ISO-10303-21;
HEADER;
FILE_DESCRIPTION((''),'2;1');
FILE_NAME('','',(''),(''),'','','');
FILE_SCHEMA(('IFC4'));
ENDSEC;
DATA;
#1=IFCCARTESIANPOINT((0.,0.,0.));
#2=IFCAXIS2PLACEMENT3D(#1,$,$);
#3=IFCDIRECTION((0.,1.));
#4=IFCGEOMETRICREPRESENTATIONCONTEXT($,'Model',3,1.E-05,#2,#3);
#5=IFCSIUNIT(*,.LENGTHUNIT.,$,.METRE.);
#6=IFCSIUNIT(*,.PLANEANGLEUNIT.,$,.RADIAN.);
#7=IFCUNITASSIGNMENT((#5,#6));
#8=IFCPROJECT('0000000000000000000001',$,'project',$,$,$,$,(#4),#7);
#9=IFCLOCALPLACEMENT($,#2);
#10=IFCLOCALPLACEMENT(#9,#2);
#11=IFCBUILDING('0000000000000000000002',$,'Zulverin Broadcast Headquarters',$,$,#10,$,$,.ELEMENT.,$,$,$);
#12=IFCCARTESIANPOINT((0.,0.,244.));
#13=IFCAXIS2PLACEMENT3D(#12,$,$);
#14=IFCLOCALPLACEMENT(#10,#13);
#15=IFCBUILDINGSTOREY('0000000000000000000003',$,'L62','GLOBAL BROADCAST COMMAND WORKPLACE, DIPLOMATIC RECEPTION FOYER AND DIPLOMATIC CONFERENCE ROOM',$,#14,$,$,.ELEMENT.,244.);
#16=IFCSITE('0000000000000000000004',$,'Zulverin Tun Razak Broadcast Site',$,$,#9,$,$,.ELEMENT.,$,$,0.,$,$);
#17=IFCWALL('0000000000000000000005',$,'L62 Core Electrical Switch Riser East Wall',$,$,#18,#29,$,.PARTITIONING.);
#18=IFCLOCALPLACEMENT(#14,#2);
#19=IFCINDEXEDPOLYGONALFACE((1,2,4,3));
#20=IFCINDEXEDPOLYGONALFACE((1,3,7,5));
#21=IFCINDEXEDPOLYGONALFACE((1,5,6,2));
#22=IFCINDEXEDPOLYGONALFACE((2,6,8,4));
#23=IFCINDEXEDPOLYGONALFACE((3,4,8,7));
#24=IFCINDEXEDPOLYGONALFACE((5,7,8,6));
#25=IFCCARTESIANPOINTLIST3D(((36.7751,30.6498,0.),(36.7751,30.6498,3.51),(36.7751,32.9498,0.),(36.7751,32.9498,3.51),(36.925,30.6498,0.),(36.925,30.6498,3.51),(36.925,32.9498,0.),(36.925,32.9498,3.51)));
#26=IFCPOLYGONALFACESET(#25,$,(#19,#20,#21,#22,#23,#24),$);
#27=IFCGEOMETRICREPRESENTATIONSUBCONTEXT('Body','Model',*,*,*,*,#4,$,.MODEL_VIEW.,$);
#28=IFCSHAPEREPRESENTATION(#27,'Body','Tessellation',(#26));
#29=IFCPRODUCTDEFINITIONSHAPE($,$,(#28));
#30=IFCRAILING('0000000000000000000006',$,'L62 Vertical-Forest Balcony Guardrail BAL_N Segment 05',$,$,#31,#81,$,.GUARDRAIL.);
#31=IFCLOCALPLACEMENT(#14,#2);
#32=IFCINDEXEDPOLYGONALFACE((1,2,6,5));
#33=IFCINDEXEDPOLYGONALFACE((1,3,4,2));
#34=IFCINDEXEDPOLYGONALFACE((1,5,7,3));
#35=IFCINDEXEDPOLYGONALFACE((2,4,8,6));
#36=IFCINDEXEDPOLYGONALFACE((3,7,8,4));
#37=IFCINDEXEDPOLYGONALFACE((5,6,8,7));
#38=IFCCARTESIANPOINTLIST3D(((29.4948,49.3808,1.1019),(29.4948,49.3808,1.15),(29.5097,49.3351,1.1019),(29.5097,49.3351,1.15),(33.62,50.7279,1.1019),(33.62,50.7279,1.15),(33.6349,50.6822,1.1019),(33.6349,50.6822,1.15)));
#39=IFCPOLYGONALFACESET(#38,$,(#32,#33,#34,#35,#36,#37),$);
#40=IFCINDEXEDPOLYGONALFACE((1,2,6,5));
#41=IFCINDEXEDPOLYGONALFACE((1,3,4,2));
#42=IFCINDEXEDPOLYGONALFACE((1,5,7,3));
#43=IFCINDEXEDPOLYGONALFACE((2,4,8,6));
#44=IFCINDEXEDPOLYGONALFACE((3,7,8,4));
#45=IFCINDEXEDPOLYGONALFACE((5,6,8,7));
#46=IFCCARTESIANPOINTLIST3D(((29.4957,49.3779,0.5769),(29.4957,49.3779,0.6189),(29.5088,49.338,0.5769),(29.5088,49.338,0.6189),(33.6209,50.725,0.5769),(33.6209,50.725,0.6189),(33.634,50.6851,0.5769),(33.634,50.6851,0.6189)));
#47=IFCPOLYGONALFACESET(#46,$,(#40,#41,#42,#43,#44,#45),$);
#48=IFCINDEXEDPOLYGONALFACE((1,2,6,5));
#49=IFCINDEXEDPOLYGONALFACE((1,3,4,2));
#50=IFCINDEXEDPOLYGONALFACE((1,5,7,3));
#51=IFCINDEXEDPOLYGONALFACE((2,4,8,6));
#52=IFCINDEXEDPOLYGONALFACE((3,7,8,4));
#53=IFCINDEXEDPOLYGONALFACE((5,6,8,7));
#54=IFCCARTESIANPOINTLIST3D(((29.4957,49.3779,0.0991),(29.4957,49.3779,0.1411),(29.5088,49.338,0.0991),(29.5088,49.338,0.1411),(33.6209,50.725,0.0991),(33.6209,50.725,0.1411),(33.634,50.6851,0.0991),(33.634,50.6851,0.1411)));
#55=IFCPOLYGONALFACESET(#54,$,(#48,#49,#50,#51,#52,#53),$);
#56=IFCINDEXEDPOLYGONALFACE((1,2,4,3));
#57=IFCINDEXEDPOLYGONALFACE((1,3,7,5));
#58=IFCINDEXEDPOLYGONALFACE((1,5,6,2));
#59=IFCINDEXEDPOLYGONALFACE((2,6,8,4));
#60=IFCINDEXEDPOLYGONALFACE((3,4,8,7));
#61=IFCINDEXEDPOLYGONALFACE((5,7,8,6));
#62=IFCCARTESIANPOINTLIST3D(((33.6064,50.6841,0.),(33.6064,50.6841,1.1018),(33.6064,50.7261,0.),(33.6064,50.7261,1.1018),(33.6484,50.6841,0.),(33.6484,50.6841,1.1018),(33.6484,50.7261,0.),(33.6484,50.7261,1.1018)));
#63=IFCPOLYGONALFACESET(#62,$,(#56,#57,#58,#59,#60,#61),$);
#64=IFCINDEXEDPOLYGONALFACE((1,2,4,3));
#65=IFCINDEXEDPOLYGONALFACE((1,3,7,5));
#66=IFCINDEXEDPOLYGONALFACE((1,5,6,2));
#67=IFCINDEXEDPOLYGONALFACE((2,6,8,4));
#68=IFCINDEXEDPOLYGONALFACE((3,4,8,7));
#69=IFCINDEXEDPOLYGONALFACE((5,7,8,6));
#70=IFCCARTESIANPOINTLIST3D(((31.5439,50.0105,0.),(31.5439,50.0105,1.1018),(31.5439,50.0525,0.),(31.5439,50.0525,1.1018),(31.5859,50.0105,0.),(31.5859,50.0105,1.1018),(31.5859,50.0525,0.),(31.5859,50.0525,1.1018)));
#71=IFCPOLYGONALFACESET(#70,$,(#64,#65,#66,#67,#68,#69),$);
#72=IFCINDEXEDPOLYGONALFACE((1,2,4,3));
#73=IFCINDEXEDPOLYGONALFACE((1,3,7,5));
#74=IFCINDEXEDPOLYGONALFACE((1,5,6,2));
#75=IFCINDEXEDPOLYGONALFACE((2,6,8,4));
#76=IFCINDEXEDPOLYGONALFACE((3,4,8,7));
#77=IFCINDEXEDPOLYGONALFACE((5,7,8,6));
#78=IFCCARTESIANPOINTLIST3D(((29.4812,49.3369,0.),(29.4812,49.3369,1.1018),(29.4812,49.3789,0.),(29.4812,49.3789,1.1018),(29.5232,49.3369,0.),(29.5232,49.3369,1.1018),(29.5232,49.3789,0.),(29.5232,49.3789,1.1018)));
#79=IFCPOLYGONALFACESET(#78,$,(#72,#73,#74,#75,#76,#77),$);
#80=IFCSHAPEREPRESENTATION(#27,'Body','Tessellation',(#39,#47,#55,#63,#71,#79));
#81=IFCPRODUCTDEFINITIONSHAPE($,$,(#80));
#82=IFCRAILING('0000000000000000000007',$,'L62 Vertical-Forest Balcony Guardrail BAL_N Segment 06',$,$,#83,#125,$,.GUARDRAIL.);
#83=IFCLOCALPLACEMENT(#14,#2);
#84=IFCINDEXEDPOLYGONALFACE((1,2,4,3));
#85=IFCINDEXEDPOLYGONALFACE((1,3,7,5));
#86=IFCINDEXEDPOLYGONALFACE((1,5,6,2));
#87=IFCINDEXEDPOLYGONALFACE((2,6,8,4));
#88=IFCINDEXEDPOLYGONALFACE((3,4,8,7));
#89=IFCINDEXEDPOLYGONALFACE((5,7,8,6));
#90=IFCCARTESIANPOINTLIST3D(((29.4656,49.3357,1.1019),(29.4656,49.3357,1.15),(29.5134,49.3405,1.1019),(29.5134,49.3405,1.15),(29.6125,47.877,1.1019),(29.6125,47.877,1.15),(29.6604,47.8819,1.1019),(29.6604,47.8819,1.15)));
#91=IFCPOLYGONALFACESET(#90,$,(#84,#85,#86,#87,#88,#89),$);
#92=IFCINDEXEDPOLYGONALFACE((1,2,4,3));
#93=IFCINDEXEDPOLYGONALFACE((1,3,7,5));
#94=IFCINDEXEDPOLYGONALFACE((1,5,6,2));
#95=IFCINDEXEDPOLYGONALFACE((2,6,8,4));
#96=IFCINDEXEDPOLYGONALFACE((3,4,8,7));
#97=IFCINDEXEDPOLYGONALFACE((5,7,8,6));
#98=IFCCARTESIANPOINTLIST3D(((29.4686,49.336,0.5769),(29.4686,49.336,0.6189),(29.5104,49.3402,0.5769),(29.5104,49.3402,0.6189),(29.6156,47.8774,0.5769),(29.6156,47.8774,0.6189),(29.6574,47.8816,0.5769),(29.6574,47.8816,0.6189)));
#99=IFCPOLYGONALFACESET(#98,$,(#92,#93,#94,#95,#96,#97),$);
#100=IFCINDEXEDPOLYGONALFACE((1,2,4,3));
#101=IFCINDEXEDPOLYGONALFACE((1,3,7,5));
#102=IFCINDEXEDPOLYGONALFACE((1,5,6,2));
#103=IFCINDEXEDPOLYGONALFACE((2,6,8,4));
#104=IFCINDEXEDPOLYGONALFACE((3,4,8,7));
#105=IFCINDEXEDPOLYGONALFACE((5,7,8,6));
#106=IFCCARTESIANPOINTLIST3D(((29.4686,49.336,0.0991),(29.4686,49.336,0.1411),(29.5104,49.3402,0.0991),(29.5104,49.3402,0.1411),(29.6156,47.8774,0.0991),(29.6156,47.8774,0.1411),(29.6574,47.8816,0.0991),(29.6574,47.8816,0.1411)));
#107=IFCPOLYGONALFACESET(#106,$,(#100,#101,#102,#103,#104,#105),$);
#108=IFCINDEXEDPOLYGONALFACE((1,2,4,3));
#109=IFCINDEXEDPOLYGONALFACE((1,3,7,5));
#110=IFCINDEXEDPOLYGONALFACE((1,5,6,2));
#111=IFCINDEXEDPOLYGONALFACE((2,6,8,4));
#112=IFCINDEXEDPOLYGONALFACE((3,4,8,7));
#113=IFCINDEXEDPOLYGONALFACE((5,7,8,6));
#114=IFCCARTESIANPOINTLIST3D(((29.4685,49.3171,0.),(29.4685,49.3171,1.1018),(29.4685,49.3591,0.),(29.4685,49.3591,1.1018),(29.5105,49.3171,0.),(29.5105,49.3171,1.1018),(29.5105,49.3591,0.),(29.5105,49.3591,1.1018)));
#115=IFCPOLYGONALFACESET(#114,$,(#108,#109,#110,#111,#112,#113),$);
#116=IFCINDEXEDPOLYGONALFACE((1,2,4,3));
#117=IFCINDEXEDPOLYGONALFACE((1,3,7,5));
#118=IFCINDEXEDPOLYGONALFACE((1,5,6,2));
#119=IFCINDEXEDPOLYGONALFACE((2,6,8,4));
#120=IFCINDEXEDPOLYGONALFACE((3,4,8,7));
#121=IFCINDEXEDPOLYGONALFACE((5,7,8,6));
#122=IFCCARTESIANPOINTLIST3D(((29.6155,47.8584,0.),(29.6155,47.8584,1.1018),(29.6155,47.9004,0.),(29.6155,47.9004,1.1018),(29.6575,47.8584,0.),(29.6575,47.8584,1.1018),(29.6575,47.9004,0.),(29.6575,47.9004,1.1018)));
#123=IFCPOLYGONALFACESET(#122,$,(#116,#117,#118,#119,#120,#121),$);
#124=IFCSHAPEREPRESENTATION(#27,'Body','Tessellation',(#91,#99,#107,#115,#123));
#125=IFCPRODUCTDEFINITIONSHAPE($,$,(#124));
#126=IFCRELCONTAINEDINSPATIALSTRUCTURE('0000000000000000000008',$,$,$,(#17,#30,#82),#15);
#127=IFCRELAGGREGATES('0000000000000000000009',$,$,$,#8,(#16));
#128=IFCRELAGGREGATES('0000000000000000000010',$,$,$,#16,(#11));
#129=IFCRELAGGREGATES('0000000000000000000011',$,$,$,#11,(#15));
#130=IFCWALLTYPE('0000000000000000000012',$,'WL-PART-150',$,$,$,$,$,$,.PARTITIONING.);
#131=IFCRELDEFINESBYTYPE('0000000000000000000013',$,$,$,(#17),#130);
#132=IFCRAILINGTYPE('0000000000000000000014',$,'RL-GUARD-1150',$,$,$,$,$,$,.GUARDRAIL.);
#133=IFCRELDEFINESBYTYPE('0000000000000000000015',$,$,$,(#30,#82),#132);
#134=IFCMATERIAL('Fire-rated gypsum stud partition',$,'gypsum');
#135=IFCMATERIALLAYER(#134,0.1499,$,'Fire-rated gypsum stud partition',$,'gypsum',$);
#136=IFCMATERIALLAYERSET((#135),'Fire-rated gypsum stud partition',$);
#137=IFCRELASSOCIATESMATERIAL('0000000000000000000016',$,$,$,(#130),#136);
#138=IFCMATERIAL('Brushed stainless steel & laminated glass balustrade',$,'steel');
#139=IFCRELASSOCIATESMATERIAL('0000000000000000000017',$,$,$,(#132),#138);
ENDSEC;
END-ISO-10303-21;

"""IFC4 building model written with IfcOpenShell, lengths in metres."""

from ifc_helpers import new_model, si_unit, direction, frame, frame_2d, origin, origin_2d, place, context, subcontext, project, spatial, rectangle, extrude, material, layer, layer_set, type_object, element, save


model = new_model("IFC4")

# Units and contexts
model_context = context("Model", 3, precision=1e-05, world=origin(), true_north=direction((0.0, 1.0)))
body_context = subcontext(model_context, "Body", "Model", "MODEL_VIEW")
ifc_project = project(units=[si_unit("LENGTHUNIT", "METRE"), si_unit("PLANEANGLEUNIT", "RADIAN")], contexts=[model_context])

# Site, building, storey
site_placement = place(None, origin())
site = spatial("IfcSite", under=ifc_project, at=site_placement, Name="Zulverin Tun Razak Broadcast Site", CompositionType="ELEMENT", RefElevation=0.0)
building_placement = place(site_placement, origin())
building = spatial("IfcBuilding", under=site, at=building_placement, Name="Zulverin Broadcast Headquarters", CompositionType="ELEMENT")
storey_placement = place(building_placement, frame((0.0, 0.0, 244.0)))
storey = spatial("IfcBuildingStorey", under=building, at=storey_placement, Name="L62", Description="GLOBAL BROADCAST COMMAND WORKPLACE, DIPLOMATIC RECEPTION FOYER AND DIPLOMATIC CONFERENCE ROOM", CompositionType="ELEMENT", Elevation=244.0)

# Shared definitions
ifc_material_1 = material(Name="Fire-rated gypsum stud partition", Category="gypsum")
ifc_layer_1 = layer(ifc_material_1, 0.1499, Name="Fire-rated gypsum stud partition", Category="gypsum")
ifc_layer_set_1 = layer_set([ifc_layer_1], Name="Fire-rated gypsum stud partition")
wall_type_1 = type_object("IfcWallType", Name="WL-PART-150", PredefinedType="PARTITIONING", material=ifc_layer_set_1)

# Wall
for number, where, z_axis, x_axis, name in (
    (1, (36.8501, 30.6499, 0.0), (0.0, 0.0, 1.0), (0.0, 1.0, 0.0), "L62 Core Electrical Switch Riser East Wall"),
):
    element("IfcWall", number, at=place(storey_placement, frame(where, z_axis=z_axis, x_axis=x_axis)), inside=storey, type_object=wall_type_1, Name=name, PredefinedType="PARTITIONING", context=body_context, shape_type="SweptSolid", body=[
        extrude(rectangle(XDim=2.3, YDim=0.1499, at=frame_2d((1.1499, 0.0))), origin(), (0.0, 0.0, 1.0), 3.51),
    ])

# Railings
ifc_material_2 = material(Name="Brushed stainless steel & laminated glass balustrade", Category="steel")
railing_type = type_object("IfcRailingType", Name="RL-GUARD-1150", PredefinedType="GUARDRAIL", material=ifc_material_2)
railing_1_placement = place(storey_placement, frame((33.6274, 50.7051, 0.0)))
element("IfcRailing", 2, at=railing_1_placement, inside=storey, type_object=railing_type, Name="L62 Vertical-Forest Balcony Guardrail BAL_N Segment 05", PredefinedType="GUARDRAIL", context=body_context, shape_type="SweptSolid", body=[
    extrude(rectangle(XDim=0.0481, YDim=0.0481, at=origin_2d()), frame((0.0, 0.0, 1.126), z_axis=(-0.950595, -0.310433, 0.0), x_axis=(0.310433, -0.950595, 0.0)), (0.0, 0.0, 1.0), 4.3396),
    extrude(rectangle(XDim=0.042, YDim=0.042, at=origin_2d()), frame((0.0, 0.0, 0.5979), z_axis=(-0.950595, -0.310433, 0.0), x_axis=(0.310433, -0.950595, 0.0)), (0.0, 0.0, 1.0), 4.3396),
    extrude(rectangle(XDim=0.042, YDim=0.042, at=origin_2d()), frame((0.0, 0.0, 0.1201), z_axis=(-0.950595, -0.310433, 0.0), x_axis=(0.310433, -0.950595, 0.0)), (0.0, 0.0, 1.0), 4.3396),
    extrude(rectangle(XDim=0.042, YDim=0.042, at=origin_2d()), origin(), (0.0, 0.0, 1.0), 1.1018),
    extrude(rectangle(XDim=0.042, YDim=0.042, at=origin_2d()), frame((-2.0625, -0.6736, 0.0)), (0.0, 0.0, 1.0), 1.1018),
    extrude(rectangle(XDim=0.042, YDim=0.042, at=origin_2d()), frame((-4.1252, -1.3472, 0.0)), (0.0, 0.0, 1.0), 1.1018),
])
railing_2_placement = place(storey_placement, frame((29.4895, 49.3381, 0.0)))
element("IfcRailing", 3, at=railing_2_placement, inside=storey, type_object=railing_type, Name="L62 Vertical-Forest Balcony Guardrail BAL_N Segment 06", PredefinedType="GUARDRAIL", context=body_context, shape_type="SweptSolid", body=[
    extrude(rectangle(XDim=0.0481, YDim=0.0481, at=origin_2d()), frame((0.0, 0.0, 1.126), z_axis=(0.100246, -0.994963, 0.0), x_axis=(0.994963, 0.100246, 0.0)), (0.0, 0.0, 1.0), 1.4661),
    extrude(rectangle(XDim=0.042, YDim=0.042, at=origin_2d()), frame((0.0, 0.0, 0.5979), z_axis=(0.100246, -0.994963, 0.0), x_axis=(0.994963, 0.100246, 0.0)), (0.0, 0.0, 1.0), 1.4661),
    extrude(rectangle(XDim=0.042, YDim=0.042, at=origin_2d()), frame((0.0, 0.0, 0.1201), z_axis=(0.100246, -0.994963, 0.0), x_axis=(0.994963, 0.100246, 0.0)), (0.0, 0.0, 1.0), 1.4661),
    extrude(rectangle(XDim=0.042, YDim=0.042, at=origin_2d()), origin(), (0.0, 0.0, 1.0), 1.1018),
    extrude(rectangle(XDim=0.042, YDim=0.042, at=origin_2d()), frame((0.147, -1.4587, 0.0)), (0.0, 0.0, 1.0), 1.1018),
])

save(model, "model.ifc")
